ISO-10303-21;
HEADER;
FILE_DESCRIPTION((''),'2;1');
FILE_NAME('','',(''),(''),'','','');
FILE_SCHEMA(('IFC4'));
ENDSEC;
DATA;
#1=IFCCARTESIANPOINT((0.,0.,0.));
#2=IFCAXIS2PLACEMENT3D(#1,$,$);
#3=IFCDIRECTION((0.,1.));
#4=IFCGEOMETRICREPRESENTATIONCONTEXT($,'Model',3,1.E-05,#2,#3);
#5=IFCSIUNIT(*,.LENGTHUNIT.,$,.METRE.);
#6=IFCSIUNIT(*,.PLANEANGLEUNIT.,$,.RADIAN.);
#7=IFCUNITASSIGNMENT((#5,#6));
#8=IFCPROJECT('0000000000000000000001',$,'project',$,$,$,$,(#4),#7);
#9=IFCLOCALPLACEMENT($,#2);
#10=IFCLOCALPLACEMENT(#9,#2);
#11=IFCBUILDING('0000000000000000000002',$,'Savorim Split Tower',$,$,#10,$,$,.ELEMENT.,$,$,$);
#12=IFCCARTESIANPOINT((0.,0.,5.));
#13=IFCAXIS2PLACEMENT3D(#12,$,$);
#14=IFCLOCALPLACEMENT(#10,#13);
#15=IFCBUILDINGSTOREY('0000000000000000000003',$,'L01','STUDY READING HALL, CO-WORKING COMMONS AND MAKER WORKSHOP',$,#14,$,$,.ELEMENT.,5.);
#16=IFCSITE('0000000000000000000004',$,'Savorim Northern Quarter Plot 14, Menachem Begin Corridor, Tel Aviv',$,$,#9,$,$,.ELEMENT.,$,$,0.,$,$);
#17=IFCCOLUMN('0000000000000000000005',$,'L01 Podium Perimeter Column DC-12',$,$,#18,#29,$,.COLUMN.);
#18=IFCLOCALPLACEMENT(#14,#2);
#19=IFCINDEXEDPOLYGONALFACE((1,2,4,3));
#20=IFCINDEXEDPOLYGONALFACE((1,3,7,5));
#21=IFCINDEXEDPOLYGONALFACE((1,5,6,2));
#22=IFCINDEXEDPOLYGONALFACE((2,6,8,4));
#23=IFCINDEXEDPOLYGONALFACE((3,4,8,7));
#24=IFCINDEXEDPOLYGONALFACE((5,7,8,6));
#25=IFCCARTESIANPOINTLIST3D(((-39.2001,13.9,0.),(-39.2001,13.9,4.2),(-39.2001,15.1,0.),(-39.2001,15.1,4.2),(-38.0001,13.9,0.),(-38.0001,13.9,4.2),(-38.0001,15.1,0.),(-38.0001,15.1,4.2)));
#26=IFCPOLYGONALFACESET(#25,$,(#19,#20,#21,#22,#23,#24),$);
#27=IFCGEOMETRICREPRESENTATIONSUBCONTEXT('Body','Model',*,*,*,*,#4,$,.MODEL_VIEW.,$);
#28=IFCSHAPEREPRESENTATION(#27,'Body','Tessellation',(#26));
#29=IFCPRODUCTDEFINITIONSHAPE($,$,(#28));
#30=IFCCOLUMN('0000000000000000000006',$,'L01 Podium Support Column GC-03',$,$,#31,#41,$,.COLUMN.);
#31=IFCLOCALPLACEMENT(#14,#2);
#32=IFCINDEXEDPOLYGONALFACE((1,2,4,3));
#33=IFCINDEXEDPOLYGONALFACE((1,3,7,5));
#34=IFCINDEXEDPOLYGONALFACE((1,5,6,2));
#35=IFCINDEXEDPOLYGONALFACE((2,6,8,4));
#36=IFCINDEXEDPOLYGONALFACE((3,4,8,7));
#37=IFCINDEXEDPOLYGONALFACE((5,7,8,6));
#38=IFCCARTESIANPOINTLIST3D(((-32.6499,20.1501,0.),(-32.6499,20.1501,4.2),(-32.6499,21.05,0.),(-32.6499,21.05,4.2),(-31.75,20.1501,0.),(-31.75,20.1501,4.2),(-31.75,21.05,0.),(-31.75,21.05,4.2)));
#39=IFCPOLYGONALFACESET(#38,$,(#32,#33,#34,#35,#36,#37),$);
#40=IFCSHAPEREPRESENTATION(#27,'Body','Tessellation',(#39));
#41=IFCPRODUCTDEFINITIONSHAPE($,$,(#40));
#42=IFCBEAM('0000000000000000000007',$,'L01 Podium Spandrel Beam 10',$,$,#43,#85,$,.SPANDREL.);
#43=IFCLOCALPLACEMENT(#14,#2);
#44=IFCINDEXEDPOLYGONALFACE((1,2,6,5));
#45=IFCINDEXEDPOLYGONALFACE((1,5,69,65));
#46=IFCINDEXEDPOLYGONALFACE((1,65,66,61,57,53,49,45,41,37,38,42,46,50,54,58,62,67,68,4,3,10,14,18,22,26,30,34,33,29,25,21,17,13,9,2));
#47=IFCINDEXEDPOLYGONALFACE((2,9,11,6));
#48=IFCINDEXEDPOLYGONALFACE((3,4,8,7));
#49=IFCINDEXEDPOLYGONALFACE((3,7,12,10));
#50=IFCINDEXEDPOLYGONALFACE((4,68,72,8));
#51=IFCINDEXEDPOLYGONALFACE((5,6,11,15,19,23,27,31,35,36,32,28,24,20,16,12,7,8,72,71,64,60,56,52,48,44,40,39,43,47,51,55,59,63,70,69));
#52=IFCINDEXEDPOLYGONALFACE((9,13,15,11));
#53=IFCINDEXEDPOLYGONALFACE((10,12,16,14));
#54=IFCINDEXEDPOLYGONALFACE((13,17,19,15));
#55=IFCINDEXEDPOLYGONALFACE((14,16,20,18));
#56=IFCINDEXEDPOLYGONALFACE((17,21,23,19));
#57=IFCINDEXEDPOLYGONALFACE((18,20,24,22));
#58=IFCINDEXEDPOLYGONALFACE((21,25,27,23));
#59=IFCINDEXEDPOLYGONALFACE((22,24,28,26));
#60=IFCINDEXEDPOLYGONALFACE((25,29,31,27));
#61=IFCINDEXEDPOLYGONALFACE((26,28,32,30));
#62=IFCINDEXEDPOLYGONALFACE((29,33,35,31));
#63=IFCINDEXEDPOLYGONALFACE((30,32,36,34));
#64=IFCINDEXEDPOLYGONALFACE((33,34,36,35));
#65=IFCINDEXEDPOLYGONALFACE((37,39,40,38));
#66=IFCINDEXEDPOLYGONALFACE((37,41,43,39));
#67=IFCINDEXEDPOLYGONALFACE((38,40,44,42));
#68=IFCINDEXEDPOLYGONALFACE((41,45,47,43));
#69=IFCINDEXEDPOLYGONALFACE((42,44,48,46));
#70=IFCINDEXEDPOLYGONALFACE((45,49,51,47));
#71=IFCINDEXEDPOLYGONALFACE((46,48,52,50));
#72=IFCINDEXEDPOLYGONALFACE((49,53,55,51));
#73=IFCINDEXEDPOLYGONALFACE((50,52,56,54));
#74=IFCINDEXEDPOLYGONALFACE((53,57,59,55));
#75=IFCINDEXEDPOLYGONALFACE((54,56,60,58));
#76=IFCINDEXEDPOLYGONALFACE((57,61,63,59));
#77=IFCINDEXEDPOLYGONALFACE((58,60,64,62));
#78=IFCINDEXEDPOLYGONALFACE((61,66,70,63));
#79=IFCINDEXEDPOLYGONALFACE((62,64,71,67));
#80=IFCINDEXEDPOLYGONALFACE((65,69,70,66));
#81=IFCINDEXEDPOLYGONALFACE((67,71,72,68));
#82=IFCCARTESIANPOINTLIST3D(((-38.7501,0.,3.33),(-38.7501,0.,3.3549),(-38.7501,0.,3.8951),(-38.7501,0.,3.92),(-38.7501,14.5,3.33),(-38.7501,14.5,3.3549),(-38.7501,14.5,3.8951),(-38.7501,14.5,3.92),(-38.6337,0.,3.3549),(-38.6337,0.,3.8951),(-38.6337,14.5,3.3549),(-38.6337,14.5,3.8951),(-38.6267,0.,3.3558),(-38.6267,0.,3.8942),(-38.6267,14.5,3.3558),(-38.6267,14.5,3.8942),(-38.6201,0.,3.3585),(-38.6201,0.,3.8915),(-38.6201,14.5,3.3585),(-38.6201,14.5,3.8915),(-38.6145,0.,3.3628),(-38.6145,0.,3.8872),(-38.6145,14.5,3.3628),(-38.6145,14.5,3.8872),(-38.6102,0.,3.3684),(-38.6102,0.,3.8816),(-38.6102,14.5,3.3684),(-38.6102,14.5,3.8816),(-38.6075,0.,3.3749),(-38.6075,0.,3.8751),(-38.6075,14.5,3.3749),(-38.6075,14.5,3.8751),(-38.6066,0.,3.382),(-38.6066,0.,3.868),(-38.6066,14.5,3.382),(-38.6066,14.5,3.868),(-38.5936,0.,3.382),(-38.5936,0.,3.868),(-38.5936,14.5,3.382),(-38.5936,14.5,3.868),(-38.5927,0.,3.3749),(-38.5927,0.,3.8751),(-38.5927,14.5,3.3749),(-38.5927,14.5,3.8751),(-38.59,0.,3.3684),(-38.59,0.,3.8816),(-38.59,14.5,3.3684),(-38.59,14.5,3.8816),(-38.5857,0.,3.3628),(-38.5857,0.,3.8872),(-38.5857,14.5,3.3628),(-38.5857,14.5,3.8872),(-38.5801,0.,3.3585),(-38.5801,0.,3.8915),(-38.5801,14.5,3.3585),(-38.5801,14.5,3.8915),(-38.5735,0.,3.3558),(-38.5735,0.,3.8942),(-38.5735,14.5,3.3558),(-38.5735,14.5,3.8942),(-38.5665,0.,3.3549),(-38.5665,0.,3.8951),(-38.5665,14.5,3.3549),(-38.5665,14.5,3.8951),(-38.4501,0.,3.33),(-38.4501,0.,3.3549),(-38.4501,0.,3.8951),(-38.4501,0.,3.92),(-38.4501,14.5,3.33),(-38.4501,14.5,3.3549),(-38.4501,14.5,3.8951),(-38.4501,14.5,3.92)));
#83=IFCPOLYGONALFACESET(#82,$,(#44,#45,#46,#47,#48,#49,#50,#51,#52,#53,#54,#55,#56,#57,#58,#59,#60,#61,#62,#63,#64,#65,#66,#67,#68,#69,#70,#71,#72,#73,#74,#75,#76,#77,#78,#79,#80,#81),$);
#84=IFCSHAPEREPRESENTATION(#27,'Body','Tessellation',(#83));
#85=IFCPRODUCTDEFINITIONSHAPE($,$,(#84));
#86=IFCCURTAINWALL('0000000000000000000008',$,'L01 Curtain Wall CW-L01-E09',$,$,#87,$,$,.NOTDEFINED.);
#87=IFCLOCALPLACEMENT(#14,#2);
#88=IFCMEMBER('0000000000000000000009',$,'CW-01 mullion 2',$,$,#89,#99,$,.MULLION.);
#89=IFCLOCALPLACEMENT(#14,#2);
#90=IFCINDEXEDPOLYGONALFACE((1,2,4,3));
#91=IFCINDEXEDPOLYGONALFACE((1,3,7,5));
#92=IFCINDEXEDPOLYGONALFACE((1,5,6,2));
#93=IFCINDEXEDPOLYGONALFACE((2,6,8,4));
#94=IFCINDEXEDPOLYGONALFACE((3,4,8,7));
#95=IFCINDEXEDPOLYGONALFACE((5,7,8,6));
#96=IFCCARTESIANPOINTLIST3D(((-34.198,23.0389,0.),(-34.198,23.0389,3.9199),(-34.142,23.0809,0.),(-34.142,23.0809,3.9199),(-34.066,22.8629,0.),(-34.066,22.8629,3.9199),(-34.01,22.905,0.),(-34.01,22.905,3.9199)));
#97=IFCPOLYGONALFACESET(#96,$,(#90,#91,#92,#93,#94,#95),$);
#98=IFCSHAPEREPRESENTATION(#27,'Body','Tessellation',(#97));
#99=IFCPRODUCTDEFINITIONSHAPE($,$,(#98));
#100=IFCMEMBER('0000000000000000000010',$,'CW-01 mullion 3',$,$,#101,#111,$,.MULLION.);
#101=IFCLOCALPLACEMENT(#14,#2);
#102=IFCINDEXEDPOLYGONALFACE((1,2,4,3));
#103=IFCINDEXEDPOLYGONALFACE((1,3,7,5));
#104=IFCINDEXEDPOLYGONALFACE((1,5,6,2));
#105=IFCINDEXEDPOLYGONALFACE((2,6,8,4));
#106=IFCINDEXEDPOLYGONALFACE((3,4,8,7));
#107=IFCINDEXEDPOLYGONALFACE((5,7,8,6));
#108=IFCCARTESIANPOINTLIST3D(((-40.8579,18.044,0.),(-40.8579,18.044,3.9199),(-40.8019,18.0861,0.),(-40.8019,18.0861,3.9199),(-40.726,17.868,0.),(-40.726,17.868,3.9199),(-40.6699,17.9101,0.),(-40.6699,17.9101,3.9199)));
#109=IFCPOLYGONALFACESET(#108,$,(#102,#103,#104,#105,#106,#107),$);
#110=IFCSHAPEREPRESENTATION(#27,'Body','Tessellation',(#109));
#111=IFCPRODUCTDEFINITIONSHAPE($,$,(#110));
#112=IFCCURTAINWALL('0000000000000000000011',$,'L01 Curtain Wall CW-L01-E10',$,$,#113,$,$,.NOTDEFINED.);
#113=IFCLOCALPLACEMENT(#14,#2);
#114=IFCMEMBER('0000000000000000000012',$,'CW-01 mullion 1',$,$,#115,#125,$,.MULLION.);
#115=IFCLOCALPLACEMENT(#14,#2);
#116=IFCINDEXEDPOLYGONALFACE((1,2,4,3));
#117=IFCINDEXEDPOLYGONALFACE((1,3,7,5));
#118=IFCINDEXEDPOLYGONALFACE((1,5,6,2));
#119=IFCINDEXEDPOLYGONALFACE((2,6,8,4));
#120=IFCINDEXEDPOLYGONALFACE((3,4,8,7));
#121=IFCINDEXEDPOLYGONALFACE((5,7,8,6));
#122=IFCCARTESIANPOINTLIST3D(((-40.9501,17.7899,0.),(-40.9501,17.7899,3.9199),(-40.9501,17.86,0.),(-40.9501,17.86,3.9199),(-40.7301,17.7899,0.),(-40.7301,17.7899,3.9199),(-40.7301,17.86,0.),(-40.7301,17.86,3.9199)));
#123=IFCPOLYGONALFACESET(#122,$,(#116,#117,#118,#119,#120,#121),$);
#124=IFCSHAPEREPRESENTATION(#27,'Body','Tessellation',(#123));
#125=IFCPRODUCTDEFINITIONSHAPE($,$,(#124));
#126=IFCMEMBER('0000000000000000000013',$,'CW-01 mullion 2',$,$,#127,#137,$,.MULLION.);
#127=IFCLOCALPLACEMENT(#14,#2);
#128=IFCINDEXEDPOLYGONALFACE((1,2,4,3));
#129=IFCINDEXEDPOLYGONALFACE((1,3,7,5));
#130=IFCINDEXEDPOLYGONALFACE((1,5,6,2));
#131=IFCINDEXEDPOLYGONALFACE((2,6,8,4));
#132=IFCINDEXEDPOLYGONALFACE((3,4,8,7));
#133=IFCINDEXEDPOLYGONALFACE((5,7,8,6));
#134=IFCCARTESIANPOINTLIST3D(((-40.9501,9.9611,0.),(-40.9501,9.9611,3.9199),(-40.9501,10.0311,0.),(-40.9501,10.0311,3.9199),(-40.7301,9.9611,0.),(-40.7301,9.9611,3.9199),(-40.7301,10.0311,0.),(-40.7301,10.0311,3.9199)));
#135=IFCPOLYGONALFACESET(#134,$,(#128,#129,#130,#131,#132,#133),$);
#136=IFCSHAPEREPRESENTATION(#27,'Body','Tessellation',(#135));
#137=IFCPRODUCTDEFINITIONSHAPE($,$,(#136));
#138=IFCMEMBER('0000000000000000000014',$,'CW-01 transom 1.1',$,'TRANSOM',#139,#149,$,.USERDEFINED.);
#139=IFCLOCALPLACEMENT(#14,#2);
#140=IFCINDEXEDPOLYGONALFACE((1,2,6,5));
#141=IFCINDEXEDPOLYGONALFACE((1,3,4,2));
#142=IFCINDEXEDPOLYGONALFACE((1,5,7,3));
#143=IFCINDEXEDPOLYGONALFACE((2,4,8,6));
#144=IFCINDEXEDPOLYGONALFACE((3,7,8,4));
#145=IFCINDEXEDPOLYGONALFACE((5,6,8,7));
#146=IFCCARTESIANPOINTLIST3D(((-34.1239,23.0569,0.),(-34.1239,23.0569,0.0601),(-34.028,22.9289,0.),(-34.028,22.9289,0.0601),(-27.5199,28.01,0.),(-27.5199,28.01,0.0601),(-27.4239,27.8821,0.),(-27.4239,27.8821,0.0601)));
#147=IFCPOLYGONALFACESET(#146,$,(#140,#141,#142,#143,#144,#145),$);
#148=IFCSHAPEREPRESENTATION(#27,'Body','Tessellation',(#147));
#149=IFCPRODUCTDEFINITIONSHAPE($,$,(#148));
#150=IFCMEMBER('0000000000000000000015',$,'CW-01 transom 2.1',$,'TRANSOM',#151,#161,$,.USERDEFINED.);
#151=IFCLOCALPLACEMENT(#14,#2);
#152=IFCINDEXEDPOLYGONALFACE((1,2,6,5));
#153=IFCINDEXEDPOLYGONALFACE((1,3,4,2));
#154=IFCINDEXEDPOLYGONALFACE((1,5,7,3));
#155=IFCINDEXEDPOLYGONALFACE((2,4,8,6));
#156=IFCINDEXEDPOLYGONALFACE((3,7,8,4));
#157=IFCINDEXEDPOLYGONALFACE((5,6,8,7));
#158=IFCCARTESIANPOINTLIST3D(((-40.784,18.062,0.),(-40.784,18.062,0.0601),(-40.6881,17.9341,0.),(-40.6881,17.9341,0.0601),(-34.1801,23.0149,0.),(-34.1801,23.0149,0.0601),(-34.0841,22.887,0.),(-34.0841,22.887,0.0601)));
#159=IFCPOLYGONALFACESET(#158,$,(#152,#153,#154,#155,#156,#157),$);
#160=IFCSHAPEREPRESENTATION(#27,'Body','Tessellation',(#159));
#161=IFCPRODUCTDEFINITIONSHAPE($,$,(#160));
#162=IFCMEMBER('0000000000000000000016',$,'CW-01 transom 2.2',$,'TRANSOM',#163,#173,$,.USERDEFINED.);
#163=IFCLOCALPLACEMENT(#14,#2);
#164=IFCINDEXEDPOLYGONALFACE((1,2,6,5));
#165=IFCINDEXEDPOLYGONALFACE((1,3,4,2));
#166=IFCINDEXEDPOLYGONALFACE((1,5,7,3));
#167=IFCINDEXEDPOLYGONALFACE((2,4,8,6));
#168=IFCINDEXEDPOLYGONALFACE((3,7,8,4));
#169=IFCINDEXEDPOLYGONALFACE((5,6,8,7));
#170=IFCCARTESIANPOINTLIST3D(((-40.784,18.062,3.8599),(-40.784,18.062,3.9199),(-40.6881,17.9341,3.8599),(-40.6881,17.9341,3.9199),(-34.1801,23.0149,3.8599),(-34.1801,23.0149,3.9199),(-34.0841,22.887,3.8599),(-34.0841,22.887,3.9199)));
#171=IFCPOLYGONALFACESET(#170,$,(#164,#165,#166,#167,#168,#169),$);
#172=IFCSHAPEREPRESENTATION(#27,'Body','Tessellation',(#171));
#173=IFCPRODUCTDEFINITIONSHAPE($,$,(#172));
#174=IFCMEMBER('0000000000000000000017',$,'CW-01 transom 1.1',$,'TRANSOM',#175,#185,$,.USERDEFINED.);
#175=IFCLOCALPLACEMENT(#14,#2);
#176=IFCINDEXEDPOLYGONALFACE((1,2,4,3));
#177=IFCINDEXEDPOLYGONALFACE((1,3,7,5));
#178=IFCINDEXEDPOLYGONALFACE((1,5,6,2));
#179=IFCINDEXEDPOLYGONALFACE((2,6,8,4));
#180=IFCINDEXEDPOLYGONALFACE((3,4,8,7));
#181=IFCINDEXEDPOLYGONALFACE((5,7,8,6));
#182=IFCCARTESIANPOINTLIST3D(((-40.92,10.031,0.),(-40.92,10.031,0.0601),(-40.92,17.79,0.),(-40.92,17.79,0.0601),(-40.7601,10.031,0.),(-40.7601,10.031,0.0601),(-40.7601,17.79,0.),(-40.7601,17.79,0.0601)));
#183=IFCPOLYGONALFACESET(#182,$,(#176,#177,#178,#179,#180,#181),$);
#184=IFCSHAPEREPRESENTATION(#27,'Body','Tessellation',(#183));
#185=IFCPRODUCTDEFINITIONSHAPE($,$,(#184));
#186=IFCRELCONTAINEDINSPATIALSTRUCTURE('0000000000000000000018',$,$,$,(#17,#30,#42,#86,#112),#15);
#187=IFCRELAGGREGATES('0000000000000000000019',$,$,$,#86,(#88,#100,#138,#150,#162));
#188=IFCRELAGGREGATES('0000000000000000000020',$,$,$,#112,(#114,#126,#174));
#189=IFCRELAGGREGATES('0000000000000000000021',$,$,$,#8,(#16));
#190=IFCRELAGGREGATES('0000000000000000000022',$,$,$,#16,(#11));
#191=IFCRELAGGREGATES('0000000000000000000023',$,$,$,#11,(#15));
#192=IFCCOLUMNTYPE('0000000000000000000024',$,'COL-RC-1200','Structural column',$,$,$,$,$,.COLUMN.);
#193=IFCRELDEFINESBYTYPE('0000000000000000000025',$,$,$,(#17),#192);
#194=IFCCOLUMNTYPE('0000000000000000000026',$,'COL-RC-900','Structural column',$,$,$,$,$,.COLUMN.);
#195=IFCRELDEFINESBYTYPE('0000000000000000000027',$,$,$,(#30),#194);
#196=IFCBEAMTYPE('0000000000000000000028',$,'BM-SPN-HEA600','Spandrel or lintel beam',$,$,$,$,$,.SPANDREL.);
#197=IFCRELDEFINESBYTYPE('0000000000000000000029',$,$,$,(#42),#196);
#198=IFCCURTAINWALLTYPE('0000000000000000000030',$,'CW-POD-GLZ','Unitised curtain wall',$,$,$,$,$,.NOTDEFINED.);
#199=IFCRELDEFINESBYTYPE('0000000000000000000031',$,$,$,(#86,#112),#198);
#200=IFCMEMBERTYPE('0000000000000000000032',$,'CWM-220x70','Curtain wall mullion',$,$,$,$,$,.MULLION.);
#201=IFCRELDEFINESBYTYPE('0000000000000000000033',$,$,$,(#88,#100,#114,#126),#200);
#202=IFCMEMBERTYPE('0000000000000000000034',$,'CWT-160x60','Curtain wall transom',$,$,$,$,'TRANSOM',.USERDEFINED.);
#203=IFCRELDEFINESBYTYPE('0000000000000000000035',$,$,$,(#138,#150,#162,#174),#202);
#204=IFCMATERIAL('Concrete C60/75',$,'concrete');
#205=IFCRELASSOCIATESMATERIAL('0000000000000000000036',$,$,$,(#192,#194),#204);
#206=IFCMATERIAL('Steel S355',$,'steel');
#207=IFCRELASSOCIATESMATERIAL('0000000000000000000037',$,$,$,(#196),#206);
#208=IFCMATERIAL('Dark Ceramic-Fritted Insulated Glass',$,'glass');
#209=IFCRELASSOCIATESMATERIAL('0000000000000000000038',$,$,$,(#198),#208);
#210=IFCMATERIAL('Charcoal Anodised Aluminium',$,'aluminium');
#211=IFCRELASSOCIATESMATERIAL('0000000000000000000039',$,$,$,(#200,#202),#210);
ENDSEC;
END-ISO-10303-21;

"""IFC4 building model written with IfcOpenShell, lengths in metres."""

from ifc_helpers import new_model, si_unit, direction, frame, origin, origin_2d, place, context, subcontext, project, spatial, rectangle, i_section, extrude, material, material_profile, profile_set, type_object, element, aggregate, save


model = new_model("IFC4")

# Units and contexts
model_context = context("Model", 3, precision=1e-05, world=origin(), true_north=direction((0.0, 1.0)))
body_context = subcontext(model_context, "Body", "Model", "MODEL_VIEW")
ifc_project = project(units=[si_unit("LENGTHUNIT", "METRE"), si_unit("PLANEANGLEUNIT", "RADIAN")], contexts=[model_context])

# Site, building, storey
site_placement = place(None, origin())
site = spatial("IfcSite", under=ifc_project, at=site_placement, Name="Savorim Northern Quarter Plot 14, Menachem Begin Corridor, Tel Aviv", CompositionType="ELEMENT", RefElevation=0.0)
building_placement = place(site_placement, origin())
building = spatial("IfcBuilding", under=site, at=building_placement, Name="Savorim Split Tower", CompositionType="ELEMENT")
storey_placement = place(building_placement, frame((0.0, 0.0, 5.0)))
storey = spatial("IfcBuildingStorey", under=building, at=storey_placement, Name="L01", Description="STUDY READING HALL, CO-WORKING COMMONS AND MAKER WORKSHOP", CompositionType="ELEMENT", Elevation=5.0)

# Columns
ifc_material_1 = material(Name="Concrete C60/75", Category="concrete")
ifc_material_profile_1 = material_profile(ifc_material_1, rectangle(XDim=1.2, YDim=1.2, at=origin_2d()), Name="RC 1200x1200")
ifc_profile_set_1 = profile_set([ifc_material_profile_1], Name="Concrete C60/75")
column_type_1 = type_object("IfcColumnType", Name="COL-RC-1200", Description="Structural column", PredefinedType="COLUMN", material=ifc_profile_set_1)
column_1_placement = place(storey_placement, frame((-38.6001, 14.5, 0.0), z_axis=(0.0, 0.0, 1.0), x_axis=(1.0, 0.0, 0.0)))
element("IfcColumn", 1, at=column_1_placement, inside=storey, type_object=column_type_1, Name="L01 Podium Perimeter Column DC-12", PredefinedType="COLUMN", context=body_context, shape_type="SweptSolid", body=[
    extrude(rectangle(XDim=1.2, YDim=1.2, at=origin_2d()), origin(), (0.0, 0.0, 1.0), 4.2),
])
ifc_material_profile_2 = material_profile(ifc_material_1, rectangle(XDim=0.8999, YDim=0.8999, at=origin_2d()), Name="RC 900x900")
ifc_profile_set_2 = profile_set([ifc_material_profile_2], Name="Concrete C60/75")
column_type_2 = type_object("IfcColumnType", Name="COL-RC-900", Description="Structural column", PredefinedType="COLUMN", material=ifc_profile_set_2)
column_2_placement = place(storey_placement, frame((-32.2, 20.6001, 0.0), z_axis=(0.0, 0.0, 1.0), x_axis=(1.0, 0.0, 0.0)))
element("IfcColumn", 2, at=column_2_placement, inside=storey, type_object=column_type_2, Name="L01 Podium Support Column GC-03", PredefinedType="COLUMN", context=body_context, shape_type="SweptSolid", body=[
    extrude(rectangle(XDim=0.8999, YDim=0.8999, at=origin_2d()), origin(), (0.0, 0.0, 1.0), 4.2),
])

# Beam
ifc_material_2 = material(Name="Steel S355", Category="steel")
ifc_material_profile_3 = material_profile(ifc_material_2, i_section(OverallWidth=0.3, OverallDepth=0.5901, WebThickness=0.0129, FlangeThickness=0.0249, FilletRadius=0.0271, at=origin_2d()), Name="HEA 600")
ifc_profile_set_3 = profile_set([ifc_material_profile_3], Name="Steel S355")
beam_type = type_object("IfcBeamType", Name="BM-SPN-HEA600", Description="Spandrel or lintel beam", PredefinedType="SPANDREL", material=ifc_profile_set_3)
beam_placement = place(storey_placement, frame((-38.6001, 14.5, 3.625), z_axis=(0.0, -1.0, 0.0), x_axis=(1.0, 0.0, 0.0)))
element("IfcBeam", 3, at=beam_placement, inside=storey, type_object=beam_type, Name="L01 Podium Spandrel Beam 10", PredefinedType="SPANDREL", context=body_context, shape_type="SweptSolid", body=[
    extrude(i_section(OverallWidth=0.3, OverallDepth=0.5901, WebThickness=0.0129, FlangeThickness=0.0249, FilletRadius=0.0271, at=origin_2d()), origin(), (0.0, 0.0, 1.0), 14.5),
])

# Curtain walls, members
ifc_material_3 = material(Name="Dark Ceramic-Fritted Insulated Glass", Category="glass")
curtain_wall_type = type_object("IfcCurtainWallType", Name="CW-POD-GLZ", Description="Unitised curtain wall", PredefinedType="NOTDEFINED", material=ifc_material_3)
curtain_wall_1_placement = place(storey_placement, origin())
curtain_wall_1 = element("IfcCurtainWall", 4, at=curtain_wall_1_placement, inside=storey, type_object=curtain_wall_type, Name="L01 Curtain Wall CW-L01-E09", PredefinedType="NOTDEFINED")
ifc_material_4 = material(Name="Charcoal Anodised Aluminium", Category="aluminium")
ifc_material_profile_4 = material_profile(ifc_material_4, rectangle(XDim=0.22, YDim=0.0701, at=origin_2d()), Name="ALU-M 220x70")
ifc_profile_set_4 = profile_set([ifc_material_profile_4], Name="Charcoal Anodised Aluminium")
member_type_1 = type_object("IfcMemberType", Name="CWM-220x70", Description="Curtain wall mullion", PredefinedType="MULLION", material=ifc_profile_set_4)
member_1_placement = place(storey_placement, frame((-34.104, 22.9719, 0.0), z_axis=(0.0, 0.0, 1.0), x_axis=(0.6, -0.8, 0.0)))
member_1 = element("IfcMember", 5, at=member_1_placement, type_object=member_type_1, Name="CW-01 mullion 2", PredefinedType="MULLION", context=body_context, shape_type="SweptSolid", body=[
    extrude(rectangle(XDim=0.22, YDim=0.0701, at=origin_2d()), origin(), (0.0, 0.0, 1.0), 3.9199),
])
member_2_placement = place(storey_placement, frame((-40.7639, 17.9771, 0.0), z_axis=(0.0, 0.0, 1.0), x_axis=(0.6, -0.8, 0.0)))
member_2 = element("IfcMember", 6, at=member_2_placement, type_object=member_type_1, Name="CW-01 mullion 3", PredefinedType="MULLION", context=body_context, shape_type="SweptSolid", body=[
    extrude(rectangle(XDim=0.22, YDim=0.0701, at=origin_2d()), origin(), (0.0, 0.0, 1.0), 3.9199),
])
curtain_wall_2_placement = place(storey_placement, origin())
curtain_wall_2 = element("IfcCurtainWall", 7, at=curtain_wall_2_placement, inside=storey, type_object=curtain_wall_type, Name="L01 Curtain Wall CW-L01-E10", PredefinedType="NOTDEFINED")
member_3_placement = place(storey_placement, frame((-40.8401, 17.825, 0.0), z_axis=(0.0, 0.0, 1.0), x_axis=(1.0, 0.0, 0.0)))
member_3 = element("IfcMember", 8, at=member_3_placement, type_object=member_type_1, Name="CW-01 mullion 1", PredefinedType="MULLION", context=body_context, shape_type="SweptSolid", body=[
    extrude(rectangle(XDim=0.22, YDim=0.0701, at=origin_2d()), origin(), (0.0, 0.0, 1.0), 3.9199),
])
member_4_placement = place(storey_placement, frame((-40.8401, 9.9961, 0.0), z_axis=(0.0, 0.0, 1.0), x_axis=(1.0, 0.0, 0.0)))
member_4 = element("IfcMember", 9, at=member_4_placement, type_object=member_type_1, Name="CW-01 mullion 2", PredefinedType="MULLION", context=body_context, shape_type="SweptSolid", body=[
    extrude(rectangle(XDim=0.22, YDim=0.0701, at=origin_2d()), origin(), (0.0, 0.0, 1.0), 3.9199),
])

# Members
ifc_material_profile_5 = material_profile(ifc_material_4, rectangle(XDim=0.1599, YDim=0.0601, at=origin_2d()), Name="ALU-T 160x60")
ifc_profile_set_5 = profile_set([ifc_material_profile_5], Name="Charcoal Anodised Aluminium")
member_type_2 = type_object("IfcMemberType", Name="CWT-160x60", Description="Curtain wall transom", ElementType="TRANSOM", PredefinedType="USERDEFINED", material=ifc_profile_set_5)
member_5_placement = place(storey_placement, frame((-27.4719, 27.946, 0.03), z_axis=(-0.799993, -0.600009, 0.0), x_axis=(0.600009, -0.799993, 0.0)))
member_5 = element("IfcMember", 10, at=member_5_placement, type_object=member_type_2, Name="CW-01 transom 1.1", ObjectType="TRANSOM", PredefinedType="USERDEFINED", context=body_context, shape_type="SweptSolid", body=[
    extrude(rectangle(XDim=0.1599, YDim=0.0601, at=origin_2d()), origin(), (0.0, 0.0, 1.0), 8.2551),
])
member_6_placement = place(storey_placement, frame((-34.1321, 22.9509, 0.03), z_axis=(-0.800007, -0.599991, 0.0), x_axis=(0.599991, -0.800007, 0.0)))
member_6 = element("IfcMember", 11, at=member_6_placement, type_object=member_type_2, Name="CW-01 transom 2.1", ObjectType="TRANSOM", PredefinedType="USERDEFINED", context=body_context, shape_type="SweptSolid", body=[
    extrude(rectangle(XDim=0.1599, YDim=0.0601, at=origin_2d()), origin(), (0.0, 0.0, 1.0), 8.2549),
])
member_7_placement = place(storey_placement, frame((-34.1321, 22.9509, 3.8899), z_axis=(-0.800007, -0.599991, 0.0), x_axis=(0.599991, -0.800007, 0.0)))
member_7 = element("IfcMember", 12, at=member_7_placement, type_object=member_type_2, Name="CW-01 transom 2.2", ObjectType="TRANSOM", PredefinedType="USERDEFINED", context=body_context, shape_type="SweptSolid", body=[
    extrude(rectangle(XDim=0.1599, YDim=0.0601, at=origin_2d()), origin(), (0.0, 0.0, 1.0), 8.2549),
])
member_8_placement = place(storey_placement, frame((-40.8401, 17.79, 0.03), z_axis=(0.0, -1.0, 0.0), x_axis=(1.0, 0.0, 0.0)))
member_8 = element("IfcMember", 13, at=member_8_placement, type_object=member_type_2, Name="CW-01 transom 1.1", ObjectType="TRANSOM", PredefinedType="USERDEFINED", context=body_context, shape_type="SweptSolid", body=[
    extrude(rectangle(XDim=0.1599, YDim=0.0601, at=origin_2d()), origin(), (0.0, 0.0, 1.0), 7.759),
])

aggregate(curtain_wall_1, [member_1, member_2, member_5, member_6, member_7])
aggregate(curtain_wall_2, [member_3, member_4, member_8])

save(model, "model.ifc")
